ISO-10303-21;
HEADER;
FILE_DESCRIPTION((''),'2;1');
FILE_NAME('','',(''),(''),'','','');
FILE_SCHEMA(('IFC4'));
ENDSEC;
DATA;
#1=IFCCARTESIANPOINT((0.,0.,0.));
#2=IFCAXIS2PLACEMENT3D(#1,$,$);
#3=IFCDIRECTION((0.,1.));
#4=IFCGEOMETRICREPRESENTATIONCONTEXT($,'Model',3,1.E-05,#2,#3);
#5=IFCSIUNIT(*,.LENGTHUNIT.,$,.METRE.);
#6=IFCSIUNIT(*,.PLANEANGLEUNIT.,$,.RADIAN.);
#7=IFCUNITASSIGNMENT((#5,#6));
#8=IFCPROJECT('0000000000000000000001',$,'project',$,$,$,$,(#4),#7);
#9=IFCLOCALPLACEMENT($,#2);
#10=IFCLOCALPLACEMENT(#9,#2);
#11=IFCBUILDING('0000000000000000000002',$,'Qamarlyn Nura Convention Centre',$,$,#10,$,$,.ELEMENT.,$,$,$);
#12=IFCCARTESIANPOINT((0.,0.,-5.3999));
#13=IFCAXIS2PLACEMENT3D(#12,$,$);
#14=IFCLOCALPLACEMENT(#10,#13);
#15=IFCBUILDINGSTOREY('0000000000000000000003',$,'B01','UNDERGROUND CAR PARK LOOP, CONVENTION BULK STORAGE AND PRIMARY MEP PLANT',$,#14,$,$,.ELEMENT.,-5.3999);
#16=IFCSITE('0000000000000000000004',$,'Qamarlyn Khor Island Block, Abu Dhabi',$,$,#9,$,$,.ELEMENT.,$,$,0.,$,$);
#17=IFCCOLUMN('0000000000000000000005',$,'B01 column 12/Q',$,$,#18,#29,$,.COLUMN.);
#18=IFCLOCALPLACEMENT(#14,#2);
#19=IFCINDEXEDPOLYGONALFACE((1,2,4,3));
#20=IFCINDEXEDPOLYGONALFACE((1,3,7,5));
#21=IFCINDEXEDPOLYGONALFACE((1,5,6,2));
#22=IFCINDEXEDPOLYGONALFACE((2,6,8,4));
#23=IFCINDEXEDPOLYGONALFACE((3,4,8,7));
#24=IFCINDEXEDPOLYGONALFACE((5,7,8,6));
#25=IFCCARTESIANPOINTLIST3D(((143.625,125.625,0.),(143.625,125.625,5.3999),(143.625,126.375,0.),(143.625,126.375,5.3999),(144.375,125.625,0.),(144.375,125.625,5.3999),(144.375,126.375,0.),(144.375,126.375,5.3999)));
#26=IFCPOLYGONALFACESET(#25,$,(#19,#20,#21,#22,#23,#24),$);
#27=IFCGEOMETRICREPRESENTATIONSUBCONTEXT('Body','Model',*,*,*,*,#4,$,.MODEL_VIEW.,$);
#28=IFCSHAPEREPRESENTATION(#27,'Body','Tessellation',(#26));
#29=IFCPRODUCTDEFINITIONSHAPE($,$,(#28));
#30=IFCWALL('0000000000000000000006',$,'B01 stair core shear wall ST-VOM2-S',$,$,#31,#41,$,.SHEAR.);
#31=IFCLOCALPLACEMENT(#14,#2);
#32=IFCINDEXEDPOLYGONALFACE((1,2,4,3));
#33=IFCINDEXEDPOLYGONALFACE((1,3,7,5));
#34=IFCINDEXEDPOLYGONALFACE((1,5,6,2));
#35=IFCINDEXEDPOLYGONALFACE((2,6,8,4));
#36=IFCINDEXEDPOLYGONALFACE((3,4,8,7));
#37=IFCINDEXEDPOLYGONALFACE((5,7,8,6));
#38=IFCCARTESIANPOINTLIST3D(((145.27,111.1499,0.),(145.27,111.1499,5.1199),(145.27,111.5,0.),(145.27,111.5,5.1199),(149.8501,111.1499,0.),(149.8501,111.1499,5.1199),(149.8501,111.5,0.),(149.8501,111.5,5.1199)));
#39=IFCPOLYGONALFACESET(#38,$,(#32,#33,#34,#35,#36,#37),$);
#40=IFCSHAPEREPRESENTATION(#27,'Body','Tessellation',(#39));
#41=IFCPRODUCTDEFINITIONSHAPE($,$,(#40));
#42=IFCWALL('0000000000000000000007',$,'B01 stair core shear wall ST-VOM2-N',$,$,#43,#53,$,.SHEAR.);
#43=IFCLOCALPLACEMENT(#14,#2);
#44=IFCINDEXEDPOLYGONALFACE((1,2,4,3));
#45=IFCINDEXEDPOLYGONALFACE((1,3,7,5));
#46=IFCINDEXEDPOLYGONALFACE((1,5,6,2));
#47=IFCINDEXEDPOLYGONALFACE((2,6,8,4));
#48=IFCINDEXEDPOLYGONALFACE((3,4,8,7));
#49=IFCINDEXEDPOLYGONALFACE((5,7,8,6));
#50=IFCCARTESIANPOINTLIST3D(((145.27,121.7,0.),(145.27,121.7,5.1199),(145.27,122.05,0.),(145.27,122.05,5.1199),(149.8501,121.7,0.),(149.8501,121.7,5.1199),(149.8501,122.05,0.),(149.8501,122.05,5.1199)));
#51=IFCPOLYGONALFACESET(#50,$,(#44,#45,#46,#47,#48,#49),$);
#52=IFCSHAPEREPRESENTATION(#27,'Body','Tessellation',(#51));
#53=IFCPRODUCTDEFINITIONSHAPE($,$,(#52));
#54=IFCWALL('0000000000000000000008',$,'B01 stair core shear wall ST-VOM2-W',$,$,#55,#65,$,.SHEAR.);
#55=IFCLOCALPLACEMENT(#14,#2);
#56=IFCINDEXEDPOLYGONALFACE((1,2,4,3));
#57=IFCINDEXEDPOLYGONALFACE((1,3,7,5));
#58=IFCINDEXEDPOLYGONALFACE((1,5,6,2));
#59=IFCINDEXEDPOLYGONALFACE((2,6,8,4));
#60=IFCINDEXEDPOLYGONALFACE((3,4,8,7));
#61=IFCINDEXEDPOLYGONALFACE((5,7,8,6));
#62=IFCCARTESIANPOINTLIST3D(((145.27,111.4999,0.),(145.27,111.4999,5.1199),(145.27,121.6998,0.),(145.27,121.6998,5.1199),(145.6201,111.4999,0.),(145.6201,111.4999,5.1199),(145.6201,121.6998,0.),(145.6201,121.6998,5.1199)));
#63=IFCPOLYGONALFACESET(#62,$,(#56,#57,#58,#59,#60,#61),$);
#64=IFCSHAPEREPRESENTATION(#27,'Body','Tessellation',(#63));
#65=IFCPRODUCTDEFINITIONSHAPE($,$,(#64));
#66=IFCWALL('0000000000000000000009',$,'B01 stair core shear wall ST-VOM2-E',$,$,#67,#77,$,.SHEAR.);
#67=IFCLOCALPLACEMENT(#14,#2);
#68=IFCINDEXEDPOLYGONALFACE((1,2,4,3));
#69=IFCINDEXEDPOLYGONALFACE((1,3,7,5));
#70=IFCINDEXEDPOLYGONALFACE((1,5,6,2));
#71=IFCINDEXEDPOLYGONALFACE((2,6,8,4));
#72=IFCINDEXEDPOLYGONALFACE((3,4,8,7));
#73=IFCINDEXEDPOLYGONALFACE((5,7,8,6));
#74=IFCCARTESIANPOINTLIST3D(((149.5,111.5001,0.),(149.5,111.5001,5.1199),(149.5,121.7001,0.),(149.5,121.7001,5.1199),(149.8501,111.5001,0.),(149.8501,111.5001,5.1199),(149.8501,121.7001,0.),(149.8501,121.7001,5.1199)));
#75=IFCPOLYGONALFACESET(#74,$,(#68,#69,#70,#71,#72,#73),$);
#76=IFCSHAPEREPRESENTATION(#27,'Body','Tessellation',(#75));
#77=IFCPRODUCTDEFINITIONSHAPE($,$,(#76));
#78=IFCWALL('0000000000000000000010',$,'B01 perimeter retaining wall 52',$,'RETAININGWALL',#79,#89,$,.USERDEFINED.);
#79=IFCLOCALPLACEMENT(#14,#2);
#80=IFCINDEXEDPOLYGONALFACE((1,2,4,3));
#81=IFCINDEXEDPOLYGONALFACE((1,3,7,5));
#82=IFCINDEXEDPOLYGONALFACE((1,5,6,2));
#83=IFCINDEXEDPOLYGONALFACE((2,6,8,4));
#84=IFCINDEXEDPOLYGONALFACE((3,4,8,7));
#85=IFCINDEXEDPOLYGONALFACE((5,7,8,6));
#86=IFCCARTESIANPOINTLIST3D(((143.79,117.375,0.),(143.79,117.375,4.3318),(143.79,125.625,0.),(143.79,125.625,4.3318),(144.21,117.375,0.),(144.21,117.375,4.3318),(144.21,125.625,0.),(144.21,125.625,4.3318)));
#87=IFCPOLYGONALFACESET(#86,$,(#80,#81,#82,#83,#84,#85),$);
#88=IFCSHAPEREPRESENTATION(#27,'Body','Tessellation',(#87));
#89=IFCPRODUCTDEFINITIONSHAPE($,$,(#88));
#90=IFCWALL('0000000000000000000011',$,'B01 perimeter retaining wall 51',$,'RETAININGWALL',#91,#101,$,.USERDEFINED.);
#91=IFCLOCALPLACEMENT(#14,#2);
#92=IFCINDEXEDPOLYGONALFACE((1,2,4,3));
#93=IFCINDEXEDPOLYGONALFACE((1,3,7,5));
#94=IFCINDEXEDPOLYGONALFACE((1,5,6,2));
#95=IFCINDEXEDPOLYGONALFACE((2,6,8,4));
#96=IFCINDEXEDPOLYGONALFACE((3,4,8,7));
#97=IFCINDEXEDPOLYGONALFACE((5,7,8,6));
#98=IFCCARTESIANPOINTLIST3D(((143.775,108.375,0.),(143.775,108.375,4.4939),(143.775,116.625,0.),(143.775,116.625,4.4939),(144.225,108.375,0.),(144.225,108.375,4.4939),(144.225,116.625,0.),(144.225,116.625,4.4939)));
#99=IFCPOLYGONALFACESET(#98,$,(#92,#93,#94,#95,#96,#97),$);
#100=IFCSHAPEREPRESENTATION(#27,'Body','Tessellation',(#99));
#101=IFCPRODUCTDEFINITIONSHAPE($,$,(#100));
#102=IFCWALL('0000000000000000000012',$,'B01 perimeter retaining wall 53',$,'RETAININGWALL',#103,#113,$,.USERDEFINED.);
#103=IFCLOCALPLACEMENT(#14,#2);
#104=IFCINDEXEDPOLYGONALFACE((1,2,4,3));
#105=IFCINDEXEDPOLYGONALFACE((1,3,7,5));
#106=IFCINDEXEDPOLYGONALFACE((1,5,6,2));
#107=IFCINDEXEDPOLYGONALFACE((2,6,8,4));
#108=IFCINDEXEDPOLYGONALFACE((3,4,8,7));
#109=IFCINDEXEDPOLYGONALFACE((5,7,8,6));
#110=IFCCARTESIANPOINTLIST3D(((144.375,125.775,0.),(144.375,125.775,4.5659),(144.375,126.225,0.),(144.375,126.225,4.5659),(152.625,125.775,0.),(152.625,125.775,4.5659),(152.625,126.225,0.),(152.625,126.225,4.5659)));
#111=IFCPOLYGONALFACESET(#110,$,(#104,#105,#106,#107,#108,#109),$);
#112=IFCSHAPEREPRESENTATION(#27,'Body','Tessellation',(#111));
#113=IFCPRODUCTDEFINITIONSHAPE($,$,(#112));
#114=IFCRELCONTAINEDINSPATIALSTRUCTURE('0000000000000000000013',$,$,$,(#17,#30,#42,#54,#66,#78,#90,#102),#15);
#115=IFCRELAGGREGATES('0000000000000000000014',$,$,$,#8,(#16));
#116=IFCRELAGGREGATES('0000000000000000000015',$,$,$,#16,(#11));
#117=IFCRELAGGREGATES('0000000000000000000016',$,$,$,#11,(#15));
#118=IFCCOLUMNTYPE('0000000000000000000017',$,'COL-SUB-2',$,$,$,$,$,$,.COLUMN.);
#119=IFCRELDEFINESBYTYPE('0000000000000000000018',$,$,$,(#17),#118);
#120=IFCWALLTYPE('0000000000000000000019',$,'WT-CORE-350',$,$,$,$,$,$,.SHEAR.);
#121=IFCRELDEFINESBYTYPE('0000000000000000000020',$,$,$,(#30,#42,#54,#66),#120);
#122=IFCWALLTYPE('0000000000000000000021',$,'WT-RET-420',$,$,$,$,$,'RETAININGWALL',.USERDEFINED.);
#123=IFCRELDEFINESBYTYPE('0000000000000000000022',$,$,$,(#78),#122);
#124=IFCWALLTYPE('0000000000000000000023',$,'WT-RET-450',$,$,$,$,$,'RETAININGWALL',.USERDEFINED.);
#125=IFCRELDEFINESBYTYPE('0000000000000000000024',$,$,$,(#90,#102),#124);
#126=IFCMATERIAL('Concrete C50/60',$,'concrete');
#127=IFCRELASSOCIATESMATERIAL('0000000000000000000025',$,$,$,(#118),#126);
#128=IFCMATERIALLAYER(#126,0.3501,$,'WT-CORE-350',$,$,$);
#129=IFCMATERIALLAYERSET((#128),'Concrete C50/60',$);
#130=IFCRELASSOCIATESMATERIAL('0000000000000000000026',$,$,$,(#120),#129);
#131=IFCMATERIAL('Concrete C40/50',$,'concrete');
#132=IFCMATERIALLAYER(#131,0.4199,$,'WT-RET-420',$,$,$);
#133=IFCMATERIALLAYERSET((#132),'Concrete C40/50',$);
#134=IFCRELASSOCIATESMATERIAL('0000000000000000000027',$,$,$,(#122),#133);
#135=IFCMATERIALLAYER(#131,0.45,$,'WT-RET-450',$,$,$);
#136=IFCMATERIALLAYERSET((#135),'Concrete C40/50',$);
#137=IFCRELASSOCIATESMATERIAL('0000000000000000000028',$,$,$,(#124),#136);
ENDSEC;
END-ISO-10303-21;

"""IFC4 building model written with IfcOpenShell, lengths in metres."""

from ifc_helpers import new_model, si_unit, direction, frame, frame_2d, origin, origin_2d, place, context, subcontext, project, spatial, rectangle, extrude, material, layer, layer_set, material_profile, profile_set, type_object, element, save


model = new_model("IFC4")

# Units and contexts
model_context = context("Model", 3, precision=1e-05, world=origin(), true_north=direction((0.0, 1.0)))
body_context = subcontext(model_context, "Body", "Model", "MODEL_VIEW")
ifc_project = project(units=[si_unit("LENGTHUNIT", "METRE"), si_unit("PLANEANGLEUNIT", "RADIAN")], contexts=[model_context])

# Site, building, storey
site_placement = place(None, origin())
site = spatial("IfcSite", under=ifc_project, at=site_placement, Name="Qamarlyn Khor Island Block, Abu Dhabi", CompositionType="ELEMENT", RefElevation=0.0)
building_placement = place(site_placement, origin())
building = spatial("IfcBuilding", under=site, at=building_placement, Name="Qamarlyn Nura Convention Centre", CompositionType="ELEMENT")
storey_placement = place(building_placement, frame((0.0, 0.0, -5.3999)))
storey = spatial("IfcBuildingStorey", under=building, at=storey_placement, Name="B01", Description="UNDERGROUND CAR PARK LOOP, CONVENTION BULK STORAGE AND PRIMARY MEP PLANT", CompositionType="ELEMENT", Elevation=-5.3999)

# Shared definitions
ifc_material_1 = material(Name="Concrete C40/50", Category="concrete")

# Column
ifc_material_2 = material(Name="Concrete C50/60", Category="concrete")
ifc_material_profile_1 = material_profile(ifc_material_2, rectangle(XDim=0.75, YDim=0.75, at=origin_2d()), Name="RC 750x750")
ifc_profile_set_1 = profile_set([ifc_material_profile_1], Name="Concrete C50/60")
column_type = type_object("IfcColumnType", Name="COL-SUB-2", PredefinedType="COLUMN", material=ifc_profile_set_1)
for number, where, z_axis, x_axis, name in (
    (1, (144.0, 126.0, 0.0), (0.0, 0.0, 1.0), (1.0, 0.0, 0.0), "B01 column 12/Q"),
):
    element("IfcColumn", number, at=place(storey_placement, frame(where, z_axis=z_axis, x_axis=x_axis)), inside=storey, type_object=column_type, Name=name, PredefinedType="COLUMN", context=body_context, shape_type="SweptSolid", body=[
        extrude(rectangle(XDim=0.75, YDim=0.75, at=origin_2d()), origin(), (0.0, 0.0, 1.0), 5.3999),
    ])

# Walls
ifc_layer_1 = layer(ifc_material_2, 0.3501, Name="WT-CORE-350")
ifc_layer_set_1 = layer_set([ifc_layer_1], Name="Concrete C50/60")
wall_type_1 = type_object("IfcWallType", Name="WT-CORE-350", PredefinedType="SHEAR", material=ifc_layer_set_1)
for number, where, z_axis, x_axis, name in (
    (2, (145.27, 111.325, 0.0), (0.0, 0.0, 1.0), (1.0, 0.0, 0.0), "B01 stair core shear wall ST-VOM2-S"),
    (3, (149.8501, 121.875, 0.0), (0.0, 0.0, 1.0), (-1.0, 0.0, 0.0), "B01 stair core shear wall ST-VOM2-N"),
):
    element("IfcWall", number, at=place(storey_placement, frame(where, z_axis=z_axis, x_axis=x_axis)), inside=storey, type_object=wall_type_1, Name=name, PredefinedType="SHEAR", context=body_context, shape_type="SweptSolid", body=[
        extrude(rectangle(XDim=4.5801, YDim=0.3501, at=frame_2d((2.29, 0.0))), origin(), (0.0, 0.0, 1.0), 5.1199),
    ])
for number, where, z_axis, x_axis, name in (
    (4, (145.4451, 121.7, 0.0), (0.0, 0.0, 1.0), (0.0, -1.0, 0.0), "B01 stair core shear wall ST-VOM2-W"),
    (5, (149.675, 111.5, 0.0), (0.0, 0.0, 1.0), (0.0, 1.0, 0.0), "B01 stair core shear wall ST-VOM2-E"),
):
    element("IfcWall", number, at=place(storey_placement, frame(where, z_axis=z_axis, x_axis=x_axis)), inside=storey, type_object=wall_type_1, Name=name, PredefinedType="SHEAR", context=body_context, shape_type="SweptSolid", body=[
        extrude(rectangle(XDim=10.2, YDim=0.3501, at=frame_2d((5.1001, 0.0))), origin(), (0.0, 0.0, 1.0), 5.1199),
    ])
ifc_layer_2 = layer(ifc_material_1, 0.4199, Name="WT-RET-420")
ifc_layer_set_2 = layer_set([ifc_layer_2], Name="Concrete C40/50")
wall_type_2 = type_object("IfcWallType", Name="WT-RET-420", ElementType="RETAININGWALL", PredefinedType="USERDEFINED", material=ifc_layer_set_2)
wall_1_placement = place(storey_placement, frame((144.0, 117.375, 0.0), z_axis=(0.0, 0.0, 1.0), x_axis=(0.0, 1.0, 0.0)))
element("IfcWall", 6, at=wall_1_placement, inside=storey, type_object=wall_type_2, Name="B01 perimeter retaining wall 52", ObjectType="RETAININGWALL", PredefinedType="USERDEFINED", context=body_context, shape_type="SweptSolid", body=[
    extrude(rectangle(XDim=8.25, YDim=0.4199, at=frame_2d((4.125, 0.0))), origin(), (0.0, 0.0, 1.0), 4.3318),
])
ifc_layer_3 = layer(ifc_material_1, 0.45, Name="WT-RET-450")
ifc_layer_set_3 = layer_set([ifc_layer_3], Name="Concrete C40/50")
wall_type_3 = type_object("IfcWallType", Name="WT-RET-450", ElementType="RETAININGWALL", PredefinedType="USERDEFINED", material=ifc_layer_set_3)
wall_2_placement = place(storey_placement, frame((144.0, 108.375, 0.0), z_axis=(0.0, 0.0, 1.0), x_axis=(0.0, 1.0, 0.0)))
element("IfcWall", 7, at=wall_2_placement, inside=storey, type_object=wall_type_3, Name="B01 perimeter retaining wall 51", ObjectType="RETAININGWALL", PredefinedType="USERDEFINED", context=body_context, shape_type="SweptSolid", body=[
    extrude(rectangle(XDim=8.25, YDim=0.45, at=frame_2d((4.125, 0.0))), origin(), (0.0, 0.0, 1.0), 4.4939),
])
wall_3_placement = place(storey_placement, frame((144.375, 126.0, 0.0), z_axis=(0.0, 0.0, 1.0), x_axis=(1.0, 0.0, 0.0)))
element("IfcWall", 8, at=wall_3_placement, inside=storey, type_object=wall_type_3, Name="B01 perimeter retaining wall 53", ObjectType="RETAININGWALL", PredefinedType="USERDEFINED", context=body_context, shape_type="SweptSolid", body=[
    extrude(rectangle(XDim=8.25, YDim=0.45, at=frame_2d((4.125, 0.0))), origin(), (0.0, 0.0, 1.0), 4.5659),
])

save(model, "model.ifc")
